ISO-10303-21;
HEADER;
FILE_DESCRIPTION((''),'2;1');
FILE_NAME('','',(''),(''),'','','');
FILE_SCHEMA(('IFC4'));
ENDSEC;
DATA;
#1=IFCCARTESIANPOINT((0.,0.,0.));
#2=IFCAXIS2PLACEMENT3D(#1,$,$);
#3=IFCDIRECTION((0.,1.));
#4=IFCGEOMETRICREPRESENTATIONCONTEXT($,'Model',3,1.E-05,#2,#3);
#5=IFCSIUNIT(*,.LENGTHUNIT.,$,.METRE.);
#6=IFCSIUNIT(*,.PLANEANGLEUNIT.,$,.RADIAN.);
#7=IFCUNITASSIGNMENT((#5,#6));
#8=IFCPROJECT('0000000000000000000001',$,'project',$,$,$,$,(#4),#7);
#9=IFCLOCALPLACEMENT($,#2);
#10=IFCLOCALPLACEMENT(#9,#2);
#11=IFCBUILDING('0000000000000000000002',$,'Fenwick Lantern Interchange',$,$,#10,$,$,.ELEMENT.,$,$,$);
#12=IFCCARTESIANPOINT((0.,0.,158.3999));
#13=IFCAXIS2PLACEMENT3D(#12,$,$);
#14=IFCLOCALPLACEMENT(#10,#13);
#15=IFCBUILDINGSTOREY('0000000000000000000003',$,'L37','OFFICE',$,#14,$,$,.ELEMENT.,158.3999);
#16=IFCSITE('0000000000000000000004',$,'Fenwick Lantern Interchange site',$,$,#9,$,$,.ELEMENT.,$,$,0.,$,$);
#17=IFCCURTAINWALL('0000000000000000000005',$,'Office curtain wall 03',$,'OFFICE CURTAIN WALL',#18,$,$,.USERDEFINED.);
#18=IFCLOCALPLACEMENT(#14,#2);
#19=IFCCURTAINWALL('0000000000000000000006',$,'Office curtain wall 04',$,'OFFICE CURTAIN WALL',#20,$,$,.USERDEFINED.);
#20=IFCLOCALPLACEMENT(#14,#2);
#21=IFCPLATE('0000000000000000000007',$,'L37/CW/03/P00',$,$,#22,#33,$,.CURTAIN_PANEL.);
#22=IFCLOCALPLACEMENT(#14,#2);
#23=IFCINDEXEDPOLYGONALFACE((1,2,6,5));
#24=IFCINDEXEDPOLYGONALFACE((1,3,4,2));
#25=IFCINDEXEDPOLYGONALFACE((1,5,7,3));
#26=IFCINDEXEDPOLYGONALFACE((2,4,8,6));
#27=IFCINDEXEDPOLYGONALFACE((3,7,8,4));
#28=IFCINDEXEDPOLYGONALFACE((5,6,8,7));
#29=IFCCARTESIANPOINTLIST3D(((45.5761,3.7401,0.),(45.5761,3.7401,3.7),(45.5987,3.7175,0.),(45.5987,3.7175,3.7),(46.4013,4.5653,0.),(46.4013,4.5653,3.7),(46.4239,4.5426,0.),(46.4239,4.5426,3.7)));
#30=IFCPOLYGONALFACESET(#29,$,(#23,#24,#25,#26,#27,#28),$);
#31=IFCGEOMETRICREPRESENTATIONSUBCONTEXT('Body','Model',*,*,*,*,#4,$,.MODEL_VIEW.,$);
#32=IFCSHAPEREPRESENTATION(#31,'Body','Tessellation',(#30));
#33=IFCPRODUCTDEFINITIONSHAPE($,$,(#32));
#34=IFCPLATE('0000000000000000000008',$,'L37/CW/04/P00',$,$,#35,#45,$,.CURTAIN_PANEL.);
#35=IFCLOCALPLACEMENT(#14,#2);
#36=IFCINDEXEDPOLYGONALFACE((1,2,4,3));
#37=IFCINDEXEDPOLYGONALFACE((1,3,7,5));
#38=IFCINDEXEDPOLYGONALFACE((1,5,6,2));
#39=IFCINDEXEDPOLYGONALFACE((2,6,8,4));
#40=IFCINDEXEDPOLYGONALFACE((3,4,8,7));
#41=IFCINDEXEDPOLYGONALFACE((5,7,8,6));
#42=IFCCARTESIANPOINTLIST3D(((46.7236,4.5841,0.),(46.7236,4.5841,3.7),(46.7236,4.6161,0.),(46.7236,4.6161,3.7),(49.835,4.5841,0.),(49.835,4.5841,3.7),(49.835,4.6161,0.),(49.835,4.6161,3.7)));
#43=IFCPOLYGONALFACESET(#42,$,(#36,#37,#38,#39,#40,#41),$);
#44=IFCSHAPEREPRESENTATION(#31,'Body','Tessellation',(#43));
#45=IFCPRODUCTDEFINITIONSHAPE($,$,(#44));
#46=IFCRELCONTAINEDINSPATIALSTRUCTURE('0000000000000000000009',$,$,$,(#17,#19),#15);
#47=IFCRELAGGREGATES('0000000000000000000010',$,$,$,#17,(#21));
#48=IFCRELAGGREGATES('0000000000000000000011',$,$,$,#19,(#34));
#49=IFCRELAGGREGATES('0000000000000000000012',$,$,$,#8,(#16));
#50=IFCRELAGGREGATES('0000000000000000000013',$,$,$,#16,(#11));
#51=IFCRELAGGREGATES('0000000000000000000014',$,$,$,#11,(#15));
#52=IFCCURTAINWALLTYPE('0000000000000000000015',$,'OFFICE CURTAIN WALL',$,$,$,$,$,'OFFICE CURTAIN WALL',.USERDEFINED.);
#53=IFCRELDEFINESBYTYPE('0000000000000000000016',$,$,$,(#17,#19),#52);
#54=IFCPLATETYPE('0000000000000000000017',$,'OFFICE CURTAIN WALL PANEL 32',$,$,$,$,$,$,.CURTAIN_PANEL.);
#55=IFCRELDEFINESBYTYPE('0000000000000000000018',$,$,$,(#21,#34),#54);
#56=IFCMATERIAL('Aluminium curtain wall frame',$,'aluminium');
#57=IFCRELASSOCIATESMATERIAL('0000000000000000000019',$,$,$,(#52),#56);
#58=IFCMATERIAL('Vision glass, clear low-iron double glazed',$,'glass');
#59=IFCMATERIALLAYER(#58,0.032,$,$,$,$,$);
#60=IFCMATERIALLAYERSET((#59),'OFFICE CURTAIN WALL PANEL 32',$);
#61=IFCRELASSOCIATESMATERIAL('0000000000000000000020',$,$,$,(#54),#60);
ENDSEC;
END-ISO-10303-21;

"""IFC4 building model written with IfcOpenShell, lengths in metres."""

from ifc_helpers import new_model, si_unit, direction, frame, origin, origin_2d, place, context, subcontext, project, spatial, rectangle, extrude, material, layer, layer_set, type_object, element, aggregate, save


model = new_model("IFC4")

# Units and contexts
model_context = context("Model", 3, precision=1e-05, world=origin(), true_north=direction((0.0, 1.0)))
body_context = subcontext(model_context, "Body", "Model", "MODEL_VIEW")
ifc_project = project(units=[si_unit("LENGTHUNIT", "METRE"), si_unit("PLANEANGLEUNIT", "RADIAN")], contexts=[model_context])

# Site, building, storey
site_placement = place(None, origin())
site = spatial("IfcSite", under=ifc_project, at=site_placement, Name="Fenwick Lantern Interchange site", CompositionType="ELEMENT", RefElevation=0.0)
building_placement = place(site_placement, origin())
building = spatial("IfcBuilding", under=site, at=building_placement, Name="Fenwick Lantern Interchange", CompositionType="ELEMENT")
storey_placement = place(building_placement, frame((0.0, 0.0, 158.3999)))
storey = spatial("IfcBuildingStorey", under=building, at=storey_placement, Name="L37", Description="OFFICE", CompositionType="ELEMENT", Elevation=158.3999)

# Shared definitions
ifc_material_1 = material(Name="Aluminium curtain wall frame", Category="aluminium")
curtain_wall_type = type_object("IfcCurtainWallType", Name="OFFICE CURTAIN WALL", ElementType="OFFICE CURTAIN WALL", PredefinedType="USERDEFINED", material=ifc_material_1)

# Curtain walls
curtain_wall_1_placement = place(storey_placement, origin())
curtain_wall_1 = element("IfcCurtainWall", 1, at=curtain_wall_1_placement, inside=storey, type_object=curtain_wall_type, Name="Office curtain wall 03", ObjectType="OFFICE CURTAIN WALL", PredefinedType="USERDEFINED")
curtain_wall_2_placement = place(storey_placement, origin())
curtain_wall_2 = element("IfcCurtainWall", 2, at=curtain_wall_2_placement, inside=storey, type_object=curtain_wall_type, Name="Office curtain wall 04", ObjectType="OFFICE CURTAIN WALL", PredefinedType="USERDEFINED")

# Plates
ifc_material_2 = material(Name="Vision glass, clear low-iron double glazed", Category="glass")
ifc_layer_1 = layer(ifc_material_2, 0.032)
ifc_layer_set_1 = layer_set([ifc_layer_1], Name="OFFICE CURTAIN WALL PANEL 32")
plate_type = type_object("IfcPlateType", Name="OFFICE CURTAIN WALL PANEL 32", PredefinedType="CURTAIN_PANEL", material=ifc_layer_set_1)
plate_1_placement = place(storey_placement, frame((46.0, 4.1414, 0.0), z_axis=(0.0, 0.0, 1.0), x_axis=(0.707107, 0.707107, 0.0)))
plate_1 = element("IfcPlate", 3, at=plate_1_placement, type_object=plate_type, Name="L37/CW/03/P00", PredefinedType="CURTAIN_PANEL", context=body_context, shape_type="SweptSolid", body=[
    extrude(rectangle(XDim=1.167, YDim=0.032, at=origin_2d()), origin(), (0.0, 0.0, 1.0), 3.7),
])
aggregate(curtain_wall_1, [plate_1])
plate_2_placement = place(storey_placement, frame((48.2793, 4.6001, 0.0), z_axis=(0.0, 0.0, 1.0), x_axis=(1.0, 0.0, 0.0)))
plate_2 = element("IfcPlate", 4, at=plate_2_placement, type_object=plate_type, Name="L37/CW/04/P00", PredefinedType="CURTAIN_PANEL", context=body_context, shape_type="SweptSolid", body=[
    extrude(rectangle(XDim=3.1113, YDim=0.032, at=origin_2d()), origin(), (0.0, 0.0, 1.0), 3.7),
])
aggregate(curtain_wall_2, [plate_2])

save(model, "model.ifc")
